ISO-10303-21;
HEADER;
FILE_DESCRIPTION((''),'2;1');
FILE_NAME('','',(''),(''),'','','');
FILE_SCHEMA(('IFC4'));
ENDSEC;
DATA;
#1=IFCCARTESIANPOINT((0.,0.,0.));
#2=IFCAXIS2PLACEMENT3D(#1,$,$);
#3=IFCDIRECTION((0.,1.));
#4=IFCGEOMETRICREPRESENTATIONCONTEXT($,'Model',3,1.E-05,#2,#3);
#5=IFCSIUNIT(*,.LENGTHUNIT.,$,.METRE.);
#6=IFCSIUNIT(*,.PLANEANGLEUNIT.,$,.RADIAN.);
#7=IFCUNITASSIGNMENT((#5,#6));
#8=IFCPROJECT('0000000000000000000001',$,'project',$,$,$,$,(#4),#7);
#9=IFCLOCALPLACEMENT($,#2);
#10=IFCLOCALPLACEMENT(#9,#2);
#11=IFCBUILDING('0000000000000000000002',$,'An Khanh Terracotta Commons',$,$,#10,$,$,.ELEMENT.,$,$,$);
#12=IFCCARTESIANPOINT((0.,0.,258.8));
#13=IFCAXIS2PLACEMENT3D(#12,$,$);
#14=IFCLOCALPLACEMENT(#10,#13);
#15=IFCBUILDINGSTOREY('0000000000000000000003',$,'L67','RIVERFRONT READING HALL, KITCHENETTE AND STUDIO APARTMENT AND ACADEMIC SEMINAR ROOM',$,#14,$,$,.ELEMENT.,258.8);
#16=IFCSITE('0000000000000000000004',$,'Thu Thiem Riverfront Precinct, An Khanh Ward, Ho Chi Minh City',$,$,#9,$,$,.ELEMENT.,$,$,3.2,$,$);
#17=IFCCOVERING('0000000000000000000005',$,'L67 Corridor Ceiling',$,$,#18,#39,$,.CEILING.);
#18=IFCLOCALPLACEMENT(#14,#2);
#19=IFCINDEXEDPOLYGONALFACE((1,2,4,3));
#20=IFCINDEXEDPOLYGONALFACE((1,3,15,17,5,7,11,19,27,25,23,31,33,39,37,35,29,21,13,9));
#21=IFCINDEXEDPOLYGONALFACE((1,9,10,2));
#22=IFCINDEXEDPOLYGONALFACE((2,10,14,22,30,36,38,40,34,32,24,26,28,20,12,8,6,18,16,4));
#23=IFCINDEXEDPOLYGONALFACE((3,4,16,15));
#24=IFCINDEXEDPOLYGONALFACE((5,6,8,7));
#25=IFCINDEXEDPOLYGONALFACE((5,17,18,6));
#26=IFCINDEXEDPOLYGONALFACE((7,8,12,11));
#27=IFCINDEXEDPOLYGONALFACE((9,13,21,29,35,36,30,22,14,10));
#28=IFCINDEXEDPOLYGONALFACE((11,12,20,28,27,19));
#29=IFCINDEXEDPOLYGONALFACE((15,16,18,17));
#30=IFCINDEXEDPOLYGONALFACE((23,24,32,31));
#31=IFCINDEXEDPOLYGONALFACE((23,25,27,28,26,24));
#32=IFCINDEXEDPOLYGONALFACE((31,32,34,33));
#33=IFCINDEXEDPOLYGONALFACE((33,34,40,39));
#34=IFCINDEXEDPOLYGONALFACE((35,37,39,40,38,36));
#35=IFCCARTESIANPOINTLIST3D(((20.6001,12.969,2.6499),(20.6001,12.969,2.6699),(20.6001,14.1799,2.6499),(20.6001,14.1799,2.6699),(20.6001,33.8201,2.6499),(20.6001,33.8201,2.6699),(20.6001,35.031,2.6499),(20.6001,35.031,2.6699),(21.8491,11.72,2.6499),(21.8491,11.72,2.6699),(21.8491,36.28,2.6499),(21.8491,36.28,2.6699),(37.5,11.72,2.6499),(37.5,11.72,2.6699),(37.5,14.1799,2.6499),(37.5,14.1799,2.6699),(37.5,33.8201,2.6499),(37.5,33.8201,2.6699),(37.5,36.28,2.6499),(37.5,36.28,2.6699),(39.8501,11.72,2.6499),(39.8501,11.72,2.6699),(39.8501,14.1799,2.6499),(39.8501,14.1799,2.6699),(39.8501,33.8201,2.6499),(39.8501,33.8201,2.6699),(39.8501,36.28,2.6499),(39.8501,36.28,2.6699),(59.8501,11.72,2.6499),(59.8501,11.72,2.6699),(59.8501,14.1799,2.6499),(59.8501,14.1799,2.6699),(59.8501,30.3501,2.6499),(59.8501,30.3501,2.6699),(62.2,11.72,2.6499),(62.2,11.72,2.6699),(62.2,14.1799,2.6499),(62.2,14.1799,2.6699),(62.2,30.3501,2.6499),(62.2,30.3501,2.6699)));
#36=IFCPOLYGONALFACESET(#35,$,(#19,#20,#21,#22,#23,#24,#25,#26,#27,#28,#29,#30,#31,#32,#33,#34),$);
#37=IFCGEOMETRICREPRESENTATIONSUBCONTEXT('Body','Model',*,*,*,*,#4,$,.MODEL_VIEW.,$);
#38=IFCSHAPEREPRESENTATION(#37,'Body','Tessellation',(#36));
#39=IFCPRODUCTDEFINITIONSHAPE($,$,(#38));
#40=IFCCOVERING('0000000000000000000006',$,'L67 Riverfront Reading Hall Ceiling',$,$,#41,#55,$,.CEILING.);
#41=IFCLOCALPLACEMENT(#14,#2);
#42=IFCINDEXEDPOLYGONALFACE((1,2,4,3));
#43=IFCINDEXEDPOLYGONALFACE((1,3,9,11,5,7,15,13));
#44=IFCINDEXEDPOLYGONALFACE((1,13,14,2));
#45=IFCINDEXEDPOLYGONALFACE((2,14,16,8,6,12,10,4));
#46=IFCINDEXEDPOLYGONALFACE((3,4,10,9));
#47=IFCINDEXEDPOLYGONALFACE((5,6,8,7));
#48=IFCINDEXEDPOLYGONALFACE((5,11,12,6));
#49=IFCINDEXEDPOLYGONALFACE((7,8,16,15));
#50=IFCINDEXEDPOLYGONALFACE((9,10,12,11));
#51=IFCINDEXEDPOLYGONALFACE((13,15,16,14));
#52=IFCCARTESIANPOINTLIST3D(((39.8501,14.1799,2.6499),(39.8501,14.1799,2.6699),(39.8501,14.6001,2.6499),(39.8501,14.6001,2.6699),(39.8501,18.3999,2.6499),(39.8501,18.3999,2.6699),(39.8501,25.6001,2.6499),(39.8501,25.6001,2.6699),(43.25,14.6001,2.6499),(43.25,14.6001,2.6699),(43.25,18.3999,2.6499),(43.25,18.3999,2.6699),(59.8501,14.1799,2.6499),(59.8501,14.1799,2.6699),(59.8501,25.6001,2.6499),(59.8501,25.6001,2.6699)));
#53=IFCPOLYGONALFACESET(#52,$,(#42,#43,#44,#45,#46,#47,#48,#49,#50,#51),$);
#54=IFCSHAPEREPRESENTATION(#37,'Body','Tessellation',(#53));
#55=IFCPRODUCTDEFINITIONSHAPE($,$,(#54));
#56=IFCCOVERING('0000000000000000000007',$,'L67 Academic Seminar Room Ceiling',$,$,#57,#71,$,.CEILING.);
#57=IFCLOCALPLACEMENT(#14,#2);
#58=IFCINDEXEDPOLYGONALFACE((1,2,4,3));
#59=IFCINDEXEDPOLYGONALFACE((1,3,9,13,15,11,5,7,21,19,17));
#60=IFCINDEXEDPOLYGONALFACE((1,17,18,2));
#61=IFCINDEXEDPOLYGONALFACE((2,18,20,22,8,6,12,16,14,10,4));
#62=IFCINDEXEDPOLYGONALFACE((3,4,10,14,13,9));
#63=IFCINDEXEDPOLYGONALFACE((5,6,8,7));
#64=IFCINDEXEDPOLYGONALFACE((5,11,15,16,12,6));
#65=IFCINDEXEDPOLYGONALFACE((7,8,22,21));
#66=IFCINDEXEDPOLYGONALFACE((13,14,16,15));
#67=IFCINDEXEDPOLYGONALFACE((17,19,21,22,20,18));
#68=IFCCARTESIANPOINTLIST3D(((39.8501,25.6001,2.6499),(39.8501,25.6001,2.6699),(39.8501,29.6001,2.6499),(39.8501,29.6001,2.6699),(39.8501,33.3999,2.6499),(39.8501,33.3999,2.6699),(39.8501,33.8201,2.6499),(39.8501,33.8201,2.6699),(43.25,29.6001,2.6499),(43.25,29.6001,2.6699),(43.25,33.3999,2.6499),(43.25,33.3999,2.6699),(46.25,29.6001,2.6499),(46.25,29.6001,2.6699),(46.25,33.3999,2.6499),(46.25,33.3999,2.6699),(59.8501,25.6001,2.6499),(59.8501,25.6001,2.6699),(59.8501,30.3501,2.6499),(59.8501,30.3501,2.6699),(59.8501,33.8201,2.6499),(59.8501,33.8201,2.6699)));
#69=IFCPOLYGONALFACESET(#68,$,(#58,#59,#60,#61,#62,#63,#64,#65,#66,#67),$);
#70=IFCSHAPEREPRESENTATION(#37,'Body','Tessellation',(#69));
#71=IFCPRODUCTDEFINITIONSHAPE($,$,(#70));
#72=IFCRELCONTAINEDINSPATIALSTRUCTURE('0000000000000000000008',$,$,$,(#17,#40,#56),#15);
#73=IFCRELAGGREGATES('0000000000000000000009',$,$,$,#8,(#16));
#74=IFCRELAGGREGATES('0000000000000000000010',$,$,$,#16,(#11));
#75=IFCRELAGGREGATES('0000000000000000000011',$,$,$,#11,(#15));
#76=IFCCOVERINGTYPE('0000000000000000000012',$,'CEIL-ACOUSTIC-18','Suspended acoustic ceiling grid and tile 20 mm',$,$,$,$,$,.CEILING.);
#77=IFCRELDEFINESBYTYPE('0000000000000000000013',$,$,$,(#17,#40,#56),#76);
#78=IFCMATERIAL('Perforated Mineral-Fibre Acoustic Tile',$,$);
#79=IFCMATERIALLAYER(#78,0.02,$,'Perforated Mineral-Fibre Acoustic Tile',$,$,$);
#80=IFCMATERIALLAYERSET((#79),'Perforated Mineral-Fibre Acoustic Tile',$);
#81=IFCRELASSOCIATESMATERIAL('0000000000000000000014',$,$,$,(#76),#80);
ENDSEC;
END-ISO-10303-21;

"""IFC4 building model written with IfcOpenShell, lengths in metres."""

from ifc_helpers import new_model, si_unit, direction, frame, origin, place, context, subcontext, project, spatial, polyline, outline, extrude, material, layer, layer_set, type_object, element, save


model = new_model("IFC4")

# Units and contexts
model_context = context("Model", 3, precision=1e-05, world=origin(), true_north=direction((0.0, 1.0)))
body_context = subcontext(model_context, "Body", "Model", "MODEL_VIEW")
ifc_project = project(units=[si_unit("LENGTHUNIT", "METRE"), si_unit("PLANEANGLEUNIT", "RADIAN")], contexts=[model_context])

# Site, building, storey
site_placement = place(None, origin())
site = spatial("IfcSite", under=ifc_project, at=site_placement, Name="Thu Thiem Riverfront Precinct, An Khanh Ward, Ho Chi Minh City", CompositionType="ELEMENT", RefElevation=3.2)
building_placement = place(site_placement, origin())
building = spatial("IfcBuilding", under=site, at=building_placement, Name="An Khanh Terracotta Commons", CompositionType="ELEMENT")
storey_placement = place(building_placement, frame((0.0, 0.0, 258.8)))
storey = spatial("IfcBuildingStorey", under=building, at=storey_placement, Name="L67", Description="RIVERFRONT READING HALL, KITCHENETTE AND STUDIO APARTMENT AND ACADEMIC SEMINAR ROOM", CompositionType="ELEMENT", Elevation=258.8)

# Coverings
ifc_material_1 = material(Name="Perforated Mineral-Fibre Acoustic Tile")
ifc_layer_1 = layer(ifc_material_1, 0.02, Name="Perforated Mineral-Fibre Acoustic Tile")
ifc_layer_set_1 = layer_set([ifc_layer_1], Name="Perforated Mineral-Fibre Acoustic Tile")
covering_type = type_object("IfcCoveringType", Name="CEIL-ACOUSTIC-18", Description="Suspended acoustic ceiling grid and tile 20 mm", PredefinedType="CEILING", material=ifc_layer_set_1)
covering_1_placement = place(storey_placement, frame((0.0, 0.0, 2.6499)))
element("IfcCovering", 1, at=covering_1_placement, inside=storey, type_object=covering_type, Name="L67 Corridor Ceiling", PredefinedType="CEILING", context=body_context, shape_type="SweptSolid", body=[
    extrude(outline(polyline([(59.8501, 30.3501), (62.2, 30.3501), (62.2, 14.1799), (62.2, 11.72), (59.8501, 11.72), (39.8501, 11.72), (37.5, 11.72), (21.8491, 11.72), (20.6001, 12.969), (20.6001, 14.1799), (37.5, 14.1799), (37.5, 33.8201), (20.6001, 33.8201), (20.6001, 35.031), (21.8491, 36.28), (37.5, 36.28), (39.8501, 36.28), (39.8501, 33.8201), (39.8501, 14.1799), (59.8501, 14.1799), (59.8501, 30.3501)])), origin(), (0.0, 0.0, 1.0), 0.02),
])
covering_2_placement = place(storey_placement, frame((0.0, 0.0, 2.6499)))
element("IfcCovering", 2, at=covering_2_placement, inside=storey, type_object=covering_type, Name="L67 Riverfront Reading Hall Ceiling", PredefinedType="CEILING", context=body_context, shape_type="SweptSolid", body=[
    extrude(outline(polyline([(59.8501, 14.1799), (39.8501, 14.1799), (39.8501, 14.6001), (43.25, 14.6001), (43.25, 18.3999), (39.8501, 18.3999), (39.8501, 25.6001), (59.8501, 25.6001), (59.8501, 14.1799)])), origin(), (0.0, 0.0, 1.0), 0.02),
])
covering_3_placement = place(storey_placement, frame((0.0, 0.0, 2.6499)))
element("IfcCovering", 3, at=covering_3_placement, inside=storey, type_object=covering_type, Name="L67 Academic Seminar Room Ceiling", PredefinedType="CEILING", context=body_context, shape_type="SweptSolid", body=[
    extrude(outline(polyline([(59.8501, 25.6001), (39.8501, 25.6001), (39.8501, 29.6001), (43.25, 29.6001), (46.25, 29.6001), (46.25, 33.3999), (43.25, 33.3999), (39.8501, 33.3999), (39.8501, 33.8201), (59.8501, 33.8201), (59.8501, 30.3501), (59.8501, 25.6001)])), origin(), (0.0, 0.0, 1.0), 0.02),
])

save(model, "model.ifc")
